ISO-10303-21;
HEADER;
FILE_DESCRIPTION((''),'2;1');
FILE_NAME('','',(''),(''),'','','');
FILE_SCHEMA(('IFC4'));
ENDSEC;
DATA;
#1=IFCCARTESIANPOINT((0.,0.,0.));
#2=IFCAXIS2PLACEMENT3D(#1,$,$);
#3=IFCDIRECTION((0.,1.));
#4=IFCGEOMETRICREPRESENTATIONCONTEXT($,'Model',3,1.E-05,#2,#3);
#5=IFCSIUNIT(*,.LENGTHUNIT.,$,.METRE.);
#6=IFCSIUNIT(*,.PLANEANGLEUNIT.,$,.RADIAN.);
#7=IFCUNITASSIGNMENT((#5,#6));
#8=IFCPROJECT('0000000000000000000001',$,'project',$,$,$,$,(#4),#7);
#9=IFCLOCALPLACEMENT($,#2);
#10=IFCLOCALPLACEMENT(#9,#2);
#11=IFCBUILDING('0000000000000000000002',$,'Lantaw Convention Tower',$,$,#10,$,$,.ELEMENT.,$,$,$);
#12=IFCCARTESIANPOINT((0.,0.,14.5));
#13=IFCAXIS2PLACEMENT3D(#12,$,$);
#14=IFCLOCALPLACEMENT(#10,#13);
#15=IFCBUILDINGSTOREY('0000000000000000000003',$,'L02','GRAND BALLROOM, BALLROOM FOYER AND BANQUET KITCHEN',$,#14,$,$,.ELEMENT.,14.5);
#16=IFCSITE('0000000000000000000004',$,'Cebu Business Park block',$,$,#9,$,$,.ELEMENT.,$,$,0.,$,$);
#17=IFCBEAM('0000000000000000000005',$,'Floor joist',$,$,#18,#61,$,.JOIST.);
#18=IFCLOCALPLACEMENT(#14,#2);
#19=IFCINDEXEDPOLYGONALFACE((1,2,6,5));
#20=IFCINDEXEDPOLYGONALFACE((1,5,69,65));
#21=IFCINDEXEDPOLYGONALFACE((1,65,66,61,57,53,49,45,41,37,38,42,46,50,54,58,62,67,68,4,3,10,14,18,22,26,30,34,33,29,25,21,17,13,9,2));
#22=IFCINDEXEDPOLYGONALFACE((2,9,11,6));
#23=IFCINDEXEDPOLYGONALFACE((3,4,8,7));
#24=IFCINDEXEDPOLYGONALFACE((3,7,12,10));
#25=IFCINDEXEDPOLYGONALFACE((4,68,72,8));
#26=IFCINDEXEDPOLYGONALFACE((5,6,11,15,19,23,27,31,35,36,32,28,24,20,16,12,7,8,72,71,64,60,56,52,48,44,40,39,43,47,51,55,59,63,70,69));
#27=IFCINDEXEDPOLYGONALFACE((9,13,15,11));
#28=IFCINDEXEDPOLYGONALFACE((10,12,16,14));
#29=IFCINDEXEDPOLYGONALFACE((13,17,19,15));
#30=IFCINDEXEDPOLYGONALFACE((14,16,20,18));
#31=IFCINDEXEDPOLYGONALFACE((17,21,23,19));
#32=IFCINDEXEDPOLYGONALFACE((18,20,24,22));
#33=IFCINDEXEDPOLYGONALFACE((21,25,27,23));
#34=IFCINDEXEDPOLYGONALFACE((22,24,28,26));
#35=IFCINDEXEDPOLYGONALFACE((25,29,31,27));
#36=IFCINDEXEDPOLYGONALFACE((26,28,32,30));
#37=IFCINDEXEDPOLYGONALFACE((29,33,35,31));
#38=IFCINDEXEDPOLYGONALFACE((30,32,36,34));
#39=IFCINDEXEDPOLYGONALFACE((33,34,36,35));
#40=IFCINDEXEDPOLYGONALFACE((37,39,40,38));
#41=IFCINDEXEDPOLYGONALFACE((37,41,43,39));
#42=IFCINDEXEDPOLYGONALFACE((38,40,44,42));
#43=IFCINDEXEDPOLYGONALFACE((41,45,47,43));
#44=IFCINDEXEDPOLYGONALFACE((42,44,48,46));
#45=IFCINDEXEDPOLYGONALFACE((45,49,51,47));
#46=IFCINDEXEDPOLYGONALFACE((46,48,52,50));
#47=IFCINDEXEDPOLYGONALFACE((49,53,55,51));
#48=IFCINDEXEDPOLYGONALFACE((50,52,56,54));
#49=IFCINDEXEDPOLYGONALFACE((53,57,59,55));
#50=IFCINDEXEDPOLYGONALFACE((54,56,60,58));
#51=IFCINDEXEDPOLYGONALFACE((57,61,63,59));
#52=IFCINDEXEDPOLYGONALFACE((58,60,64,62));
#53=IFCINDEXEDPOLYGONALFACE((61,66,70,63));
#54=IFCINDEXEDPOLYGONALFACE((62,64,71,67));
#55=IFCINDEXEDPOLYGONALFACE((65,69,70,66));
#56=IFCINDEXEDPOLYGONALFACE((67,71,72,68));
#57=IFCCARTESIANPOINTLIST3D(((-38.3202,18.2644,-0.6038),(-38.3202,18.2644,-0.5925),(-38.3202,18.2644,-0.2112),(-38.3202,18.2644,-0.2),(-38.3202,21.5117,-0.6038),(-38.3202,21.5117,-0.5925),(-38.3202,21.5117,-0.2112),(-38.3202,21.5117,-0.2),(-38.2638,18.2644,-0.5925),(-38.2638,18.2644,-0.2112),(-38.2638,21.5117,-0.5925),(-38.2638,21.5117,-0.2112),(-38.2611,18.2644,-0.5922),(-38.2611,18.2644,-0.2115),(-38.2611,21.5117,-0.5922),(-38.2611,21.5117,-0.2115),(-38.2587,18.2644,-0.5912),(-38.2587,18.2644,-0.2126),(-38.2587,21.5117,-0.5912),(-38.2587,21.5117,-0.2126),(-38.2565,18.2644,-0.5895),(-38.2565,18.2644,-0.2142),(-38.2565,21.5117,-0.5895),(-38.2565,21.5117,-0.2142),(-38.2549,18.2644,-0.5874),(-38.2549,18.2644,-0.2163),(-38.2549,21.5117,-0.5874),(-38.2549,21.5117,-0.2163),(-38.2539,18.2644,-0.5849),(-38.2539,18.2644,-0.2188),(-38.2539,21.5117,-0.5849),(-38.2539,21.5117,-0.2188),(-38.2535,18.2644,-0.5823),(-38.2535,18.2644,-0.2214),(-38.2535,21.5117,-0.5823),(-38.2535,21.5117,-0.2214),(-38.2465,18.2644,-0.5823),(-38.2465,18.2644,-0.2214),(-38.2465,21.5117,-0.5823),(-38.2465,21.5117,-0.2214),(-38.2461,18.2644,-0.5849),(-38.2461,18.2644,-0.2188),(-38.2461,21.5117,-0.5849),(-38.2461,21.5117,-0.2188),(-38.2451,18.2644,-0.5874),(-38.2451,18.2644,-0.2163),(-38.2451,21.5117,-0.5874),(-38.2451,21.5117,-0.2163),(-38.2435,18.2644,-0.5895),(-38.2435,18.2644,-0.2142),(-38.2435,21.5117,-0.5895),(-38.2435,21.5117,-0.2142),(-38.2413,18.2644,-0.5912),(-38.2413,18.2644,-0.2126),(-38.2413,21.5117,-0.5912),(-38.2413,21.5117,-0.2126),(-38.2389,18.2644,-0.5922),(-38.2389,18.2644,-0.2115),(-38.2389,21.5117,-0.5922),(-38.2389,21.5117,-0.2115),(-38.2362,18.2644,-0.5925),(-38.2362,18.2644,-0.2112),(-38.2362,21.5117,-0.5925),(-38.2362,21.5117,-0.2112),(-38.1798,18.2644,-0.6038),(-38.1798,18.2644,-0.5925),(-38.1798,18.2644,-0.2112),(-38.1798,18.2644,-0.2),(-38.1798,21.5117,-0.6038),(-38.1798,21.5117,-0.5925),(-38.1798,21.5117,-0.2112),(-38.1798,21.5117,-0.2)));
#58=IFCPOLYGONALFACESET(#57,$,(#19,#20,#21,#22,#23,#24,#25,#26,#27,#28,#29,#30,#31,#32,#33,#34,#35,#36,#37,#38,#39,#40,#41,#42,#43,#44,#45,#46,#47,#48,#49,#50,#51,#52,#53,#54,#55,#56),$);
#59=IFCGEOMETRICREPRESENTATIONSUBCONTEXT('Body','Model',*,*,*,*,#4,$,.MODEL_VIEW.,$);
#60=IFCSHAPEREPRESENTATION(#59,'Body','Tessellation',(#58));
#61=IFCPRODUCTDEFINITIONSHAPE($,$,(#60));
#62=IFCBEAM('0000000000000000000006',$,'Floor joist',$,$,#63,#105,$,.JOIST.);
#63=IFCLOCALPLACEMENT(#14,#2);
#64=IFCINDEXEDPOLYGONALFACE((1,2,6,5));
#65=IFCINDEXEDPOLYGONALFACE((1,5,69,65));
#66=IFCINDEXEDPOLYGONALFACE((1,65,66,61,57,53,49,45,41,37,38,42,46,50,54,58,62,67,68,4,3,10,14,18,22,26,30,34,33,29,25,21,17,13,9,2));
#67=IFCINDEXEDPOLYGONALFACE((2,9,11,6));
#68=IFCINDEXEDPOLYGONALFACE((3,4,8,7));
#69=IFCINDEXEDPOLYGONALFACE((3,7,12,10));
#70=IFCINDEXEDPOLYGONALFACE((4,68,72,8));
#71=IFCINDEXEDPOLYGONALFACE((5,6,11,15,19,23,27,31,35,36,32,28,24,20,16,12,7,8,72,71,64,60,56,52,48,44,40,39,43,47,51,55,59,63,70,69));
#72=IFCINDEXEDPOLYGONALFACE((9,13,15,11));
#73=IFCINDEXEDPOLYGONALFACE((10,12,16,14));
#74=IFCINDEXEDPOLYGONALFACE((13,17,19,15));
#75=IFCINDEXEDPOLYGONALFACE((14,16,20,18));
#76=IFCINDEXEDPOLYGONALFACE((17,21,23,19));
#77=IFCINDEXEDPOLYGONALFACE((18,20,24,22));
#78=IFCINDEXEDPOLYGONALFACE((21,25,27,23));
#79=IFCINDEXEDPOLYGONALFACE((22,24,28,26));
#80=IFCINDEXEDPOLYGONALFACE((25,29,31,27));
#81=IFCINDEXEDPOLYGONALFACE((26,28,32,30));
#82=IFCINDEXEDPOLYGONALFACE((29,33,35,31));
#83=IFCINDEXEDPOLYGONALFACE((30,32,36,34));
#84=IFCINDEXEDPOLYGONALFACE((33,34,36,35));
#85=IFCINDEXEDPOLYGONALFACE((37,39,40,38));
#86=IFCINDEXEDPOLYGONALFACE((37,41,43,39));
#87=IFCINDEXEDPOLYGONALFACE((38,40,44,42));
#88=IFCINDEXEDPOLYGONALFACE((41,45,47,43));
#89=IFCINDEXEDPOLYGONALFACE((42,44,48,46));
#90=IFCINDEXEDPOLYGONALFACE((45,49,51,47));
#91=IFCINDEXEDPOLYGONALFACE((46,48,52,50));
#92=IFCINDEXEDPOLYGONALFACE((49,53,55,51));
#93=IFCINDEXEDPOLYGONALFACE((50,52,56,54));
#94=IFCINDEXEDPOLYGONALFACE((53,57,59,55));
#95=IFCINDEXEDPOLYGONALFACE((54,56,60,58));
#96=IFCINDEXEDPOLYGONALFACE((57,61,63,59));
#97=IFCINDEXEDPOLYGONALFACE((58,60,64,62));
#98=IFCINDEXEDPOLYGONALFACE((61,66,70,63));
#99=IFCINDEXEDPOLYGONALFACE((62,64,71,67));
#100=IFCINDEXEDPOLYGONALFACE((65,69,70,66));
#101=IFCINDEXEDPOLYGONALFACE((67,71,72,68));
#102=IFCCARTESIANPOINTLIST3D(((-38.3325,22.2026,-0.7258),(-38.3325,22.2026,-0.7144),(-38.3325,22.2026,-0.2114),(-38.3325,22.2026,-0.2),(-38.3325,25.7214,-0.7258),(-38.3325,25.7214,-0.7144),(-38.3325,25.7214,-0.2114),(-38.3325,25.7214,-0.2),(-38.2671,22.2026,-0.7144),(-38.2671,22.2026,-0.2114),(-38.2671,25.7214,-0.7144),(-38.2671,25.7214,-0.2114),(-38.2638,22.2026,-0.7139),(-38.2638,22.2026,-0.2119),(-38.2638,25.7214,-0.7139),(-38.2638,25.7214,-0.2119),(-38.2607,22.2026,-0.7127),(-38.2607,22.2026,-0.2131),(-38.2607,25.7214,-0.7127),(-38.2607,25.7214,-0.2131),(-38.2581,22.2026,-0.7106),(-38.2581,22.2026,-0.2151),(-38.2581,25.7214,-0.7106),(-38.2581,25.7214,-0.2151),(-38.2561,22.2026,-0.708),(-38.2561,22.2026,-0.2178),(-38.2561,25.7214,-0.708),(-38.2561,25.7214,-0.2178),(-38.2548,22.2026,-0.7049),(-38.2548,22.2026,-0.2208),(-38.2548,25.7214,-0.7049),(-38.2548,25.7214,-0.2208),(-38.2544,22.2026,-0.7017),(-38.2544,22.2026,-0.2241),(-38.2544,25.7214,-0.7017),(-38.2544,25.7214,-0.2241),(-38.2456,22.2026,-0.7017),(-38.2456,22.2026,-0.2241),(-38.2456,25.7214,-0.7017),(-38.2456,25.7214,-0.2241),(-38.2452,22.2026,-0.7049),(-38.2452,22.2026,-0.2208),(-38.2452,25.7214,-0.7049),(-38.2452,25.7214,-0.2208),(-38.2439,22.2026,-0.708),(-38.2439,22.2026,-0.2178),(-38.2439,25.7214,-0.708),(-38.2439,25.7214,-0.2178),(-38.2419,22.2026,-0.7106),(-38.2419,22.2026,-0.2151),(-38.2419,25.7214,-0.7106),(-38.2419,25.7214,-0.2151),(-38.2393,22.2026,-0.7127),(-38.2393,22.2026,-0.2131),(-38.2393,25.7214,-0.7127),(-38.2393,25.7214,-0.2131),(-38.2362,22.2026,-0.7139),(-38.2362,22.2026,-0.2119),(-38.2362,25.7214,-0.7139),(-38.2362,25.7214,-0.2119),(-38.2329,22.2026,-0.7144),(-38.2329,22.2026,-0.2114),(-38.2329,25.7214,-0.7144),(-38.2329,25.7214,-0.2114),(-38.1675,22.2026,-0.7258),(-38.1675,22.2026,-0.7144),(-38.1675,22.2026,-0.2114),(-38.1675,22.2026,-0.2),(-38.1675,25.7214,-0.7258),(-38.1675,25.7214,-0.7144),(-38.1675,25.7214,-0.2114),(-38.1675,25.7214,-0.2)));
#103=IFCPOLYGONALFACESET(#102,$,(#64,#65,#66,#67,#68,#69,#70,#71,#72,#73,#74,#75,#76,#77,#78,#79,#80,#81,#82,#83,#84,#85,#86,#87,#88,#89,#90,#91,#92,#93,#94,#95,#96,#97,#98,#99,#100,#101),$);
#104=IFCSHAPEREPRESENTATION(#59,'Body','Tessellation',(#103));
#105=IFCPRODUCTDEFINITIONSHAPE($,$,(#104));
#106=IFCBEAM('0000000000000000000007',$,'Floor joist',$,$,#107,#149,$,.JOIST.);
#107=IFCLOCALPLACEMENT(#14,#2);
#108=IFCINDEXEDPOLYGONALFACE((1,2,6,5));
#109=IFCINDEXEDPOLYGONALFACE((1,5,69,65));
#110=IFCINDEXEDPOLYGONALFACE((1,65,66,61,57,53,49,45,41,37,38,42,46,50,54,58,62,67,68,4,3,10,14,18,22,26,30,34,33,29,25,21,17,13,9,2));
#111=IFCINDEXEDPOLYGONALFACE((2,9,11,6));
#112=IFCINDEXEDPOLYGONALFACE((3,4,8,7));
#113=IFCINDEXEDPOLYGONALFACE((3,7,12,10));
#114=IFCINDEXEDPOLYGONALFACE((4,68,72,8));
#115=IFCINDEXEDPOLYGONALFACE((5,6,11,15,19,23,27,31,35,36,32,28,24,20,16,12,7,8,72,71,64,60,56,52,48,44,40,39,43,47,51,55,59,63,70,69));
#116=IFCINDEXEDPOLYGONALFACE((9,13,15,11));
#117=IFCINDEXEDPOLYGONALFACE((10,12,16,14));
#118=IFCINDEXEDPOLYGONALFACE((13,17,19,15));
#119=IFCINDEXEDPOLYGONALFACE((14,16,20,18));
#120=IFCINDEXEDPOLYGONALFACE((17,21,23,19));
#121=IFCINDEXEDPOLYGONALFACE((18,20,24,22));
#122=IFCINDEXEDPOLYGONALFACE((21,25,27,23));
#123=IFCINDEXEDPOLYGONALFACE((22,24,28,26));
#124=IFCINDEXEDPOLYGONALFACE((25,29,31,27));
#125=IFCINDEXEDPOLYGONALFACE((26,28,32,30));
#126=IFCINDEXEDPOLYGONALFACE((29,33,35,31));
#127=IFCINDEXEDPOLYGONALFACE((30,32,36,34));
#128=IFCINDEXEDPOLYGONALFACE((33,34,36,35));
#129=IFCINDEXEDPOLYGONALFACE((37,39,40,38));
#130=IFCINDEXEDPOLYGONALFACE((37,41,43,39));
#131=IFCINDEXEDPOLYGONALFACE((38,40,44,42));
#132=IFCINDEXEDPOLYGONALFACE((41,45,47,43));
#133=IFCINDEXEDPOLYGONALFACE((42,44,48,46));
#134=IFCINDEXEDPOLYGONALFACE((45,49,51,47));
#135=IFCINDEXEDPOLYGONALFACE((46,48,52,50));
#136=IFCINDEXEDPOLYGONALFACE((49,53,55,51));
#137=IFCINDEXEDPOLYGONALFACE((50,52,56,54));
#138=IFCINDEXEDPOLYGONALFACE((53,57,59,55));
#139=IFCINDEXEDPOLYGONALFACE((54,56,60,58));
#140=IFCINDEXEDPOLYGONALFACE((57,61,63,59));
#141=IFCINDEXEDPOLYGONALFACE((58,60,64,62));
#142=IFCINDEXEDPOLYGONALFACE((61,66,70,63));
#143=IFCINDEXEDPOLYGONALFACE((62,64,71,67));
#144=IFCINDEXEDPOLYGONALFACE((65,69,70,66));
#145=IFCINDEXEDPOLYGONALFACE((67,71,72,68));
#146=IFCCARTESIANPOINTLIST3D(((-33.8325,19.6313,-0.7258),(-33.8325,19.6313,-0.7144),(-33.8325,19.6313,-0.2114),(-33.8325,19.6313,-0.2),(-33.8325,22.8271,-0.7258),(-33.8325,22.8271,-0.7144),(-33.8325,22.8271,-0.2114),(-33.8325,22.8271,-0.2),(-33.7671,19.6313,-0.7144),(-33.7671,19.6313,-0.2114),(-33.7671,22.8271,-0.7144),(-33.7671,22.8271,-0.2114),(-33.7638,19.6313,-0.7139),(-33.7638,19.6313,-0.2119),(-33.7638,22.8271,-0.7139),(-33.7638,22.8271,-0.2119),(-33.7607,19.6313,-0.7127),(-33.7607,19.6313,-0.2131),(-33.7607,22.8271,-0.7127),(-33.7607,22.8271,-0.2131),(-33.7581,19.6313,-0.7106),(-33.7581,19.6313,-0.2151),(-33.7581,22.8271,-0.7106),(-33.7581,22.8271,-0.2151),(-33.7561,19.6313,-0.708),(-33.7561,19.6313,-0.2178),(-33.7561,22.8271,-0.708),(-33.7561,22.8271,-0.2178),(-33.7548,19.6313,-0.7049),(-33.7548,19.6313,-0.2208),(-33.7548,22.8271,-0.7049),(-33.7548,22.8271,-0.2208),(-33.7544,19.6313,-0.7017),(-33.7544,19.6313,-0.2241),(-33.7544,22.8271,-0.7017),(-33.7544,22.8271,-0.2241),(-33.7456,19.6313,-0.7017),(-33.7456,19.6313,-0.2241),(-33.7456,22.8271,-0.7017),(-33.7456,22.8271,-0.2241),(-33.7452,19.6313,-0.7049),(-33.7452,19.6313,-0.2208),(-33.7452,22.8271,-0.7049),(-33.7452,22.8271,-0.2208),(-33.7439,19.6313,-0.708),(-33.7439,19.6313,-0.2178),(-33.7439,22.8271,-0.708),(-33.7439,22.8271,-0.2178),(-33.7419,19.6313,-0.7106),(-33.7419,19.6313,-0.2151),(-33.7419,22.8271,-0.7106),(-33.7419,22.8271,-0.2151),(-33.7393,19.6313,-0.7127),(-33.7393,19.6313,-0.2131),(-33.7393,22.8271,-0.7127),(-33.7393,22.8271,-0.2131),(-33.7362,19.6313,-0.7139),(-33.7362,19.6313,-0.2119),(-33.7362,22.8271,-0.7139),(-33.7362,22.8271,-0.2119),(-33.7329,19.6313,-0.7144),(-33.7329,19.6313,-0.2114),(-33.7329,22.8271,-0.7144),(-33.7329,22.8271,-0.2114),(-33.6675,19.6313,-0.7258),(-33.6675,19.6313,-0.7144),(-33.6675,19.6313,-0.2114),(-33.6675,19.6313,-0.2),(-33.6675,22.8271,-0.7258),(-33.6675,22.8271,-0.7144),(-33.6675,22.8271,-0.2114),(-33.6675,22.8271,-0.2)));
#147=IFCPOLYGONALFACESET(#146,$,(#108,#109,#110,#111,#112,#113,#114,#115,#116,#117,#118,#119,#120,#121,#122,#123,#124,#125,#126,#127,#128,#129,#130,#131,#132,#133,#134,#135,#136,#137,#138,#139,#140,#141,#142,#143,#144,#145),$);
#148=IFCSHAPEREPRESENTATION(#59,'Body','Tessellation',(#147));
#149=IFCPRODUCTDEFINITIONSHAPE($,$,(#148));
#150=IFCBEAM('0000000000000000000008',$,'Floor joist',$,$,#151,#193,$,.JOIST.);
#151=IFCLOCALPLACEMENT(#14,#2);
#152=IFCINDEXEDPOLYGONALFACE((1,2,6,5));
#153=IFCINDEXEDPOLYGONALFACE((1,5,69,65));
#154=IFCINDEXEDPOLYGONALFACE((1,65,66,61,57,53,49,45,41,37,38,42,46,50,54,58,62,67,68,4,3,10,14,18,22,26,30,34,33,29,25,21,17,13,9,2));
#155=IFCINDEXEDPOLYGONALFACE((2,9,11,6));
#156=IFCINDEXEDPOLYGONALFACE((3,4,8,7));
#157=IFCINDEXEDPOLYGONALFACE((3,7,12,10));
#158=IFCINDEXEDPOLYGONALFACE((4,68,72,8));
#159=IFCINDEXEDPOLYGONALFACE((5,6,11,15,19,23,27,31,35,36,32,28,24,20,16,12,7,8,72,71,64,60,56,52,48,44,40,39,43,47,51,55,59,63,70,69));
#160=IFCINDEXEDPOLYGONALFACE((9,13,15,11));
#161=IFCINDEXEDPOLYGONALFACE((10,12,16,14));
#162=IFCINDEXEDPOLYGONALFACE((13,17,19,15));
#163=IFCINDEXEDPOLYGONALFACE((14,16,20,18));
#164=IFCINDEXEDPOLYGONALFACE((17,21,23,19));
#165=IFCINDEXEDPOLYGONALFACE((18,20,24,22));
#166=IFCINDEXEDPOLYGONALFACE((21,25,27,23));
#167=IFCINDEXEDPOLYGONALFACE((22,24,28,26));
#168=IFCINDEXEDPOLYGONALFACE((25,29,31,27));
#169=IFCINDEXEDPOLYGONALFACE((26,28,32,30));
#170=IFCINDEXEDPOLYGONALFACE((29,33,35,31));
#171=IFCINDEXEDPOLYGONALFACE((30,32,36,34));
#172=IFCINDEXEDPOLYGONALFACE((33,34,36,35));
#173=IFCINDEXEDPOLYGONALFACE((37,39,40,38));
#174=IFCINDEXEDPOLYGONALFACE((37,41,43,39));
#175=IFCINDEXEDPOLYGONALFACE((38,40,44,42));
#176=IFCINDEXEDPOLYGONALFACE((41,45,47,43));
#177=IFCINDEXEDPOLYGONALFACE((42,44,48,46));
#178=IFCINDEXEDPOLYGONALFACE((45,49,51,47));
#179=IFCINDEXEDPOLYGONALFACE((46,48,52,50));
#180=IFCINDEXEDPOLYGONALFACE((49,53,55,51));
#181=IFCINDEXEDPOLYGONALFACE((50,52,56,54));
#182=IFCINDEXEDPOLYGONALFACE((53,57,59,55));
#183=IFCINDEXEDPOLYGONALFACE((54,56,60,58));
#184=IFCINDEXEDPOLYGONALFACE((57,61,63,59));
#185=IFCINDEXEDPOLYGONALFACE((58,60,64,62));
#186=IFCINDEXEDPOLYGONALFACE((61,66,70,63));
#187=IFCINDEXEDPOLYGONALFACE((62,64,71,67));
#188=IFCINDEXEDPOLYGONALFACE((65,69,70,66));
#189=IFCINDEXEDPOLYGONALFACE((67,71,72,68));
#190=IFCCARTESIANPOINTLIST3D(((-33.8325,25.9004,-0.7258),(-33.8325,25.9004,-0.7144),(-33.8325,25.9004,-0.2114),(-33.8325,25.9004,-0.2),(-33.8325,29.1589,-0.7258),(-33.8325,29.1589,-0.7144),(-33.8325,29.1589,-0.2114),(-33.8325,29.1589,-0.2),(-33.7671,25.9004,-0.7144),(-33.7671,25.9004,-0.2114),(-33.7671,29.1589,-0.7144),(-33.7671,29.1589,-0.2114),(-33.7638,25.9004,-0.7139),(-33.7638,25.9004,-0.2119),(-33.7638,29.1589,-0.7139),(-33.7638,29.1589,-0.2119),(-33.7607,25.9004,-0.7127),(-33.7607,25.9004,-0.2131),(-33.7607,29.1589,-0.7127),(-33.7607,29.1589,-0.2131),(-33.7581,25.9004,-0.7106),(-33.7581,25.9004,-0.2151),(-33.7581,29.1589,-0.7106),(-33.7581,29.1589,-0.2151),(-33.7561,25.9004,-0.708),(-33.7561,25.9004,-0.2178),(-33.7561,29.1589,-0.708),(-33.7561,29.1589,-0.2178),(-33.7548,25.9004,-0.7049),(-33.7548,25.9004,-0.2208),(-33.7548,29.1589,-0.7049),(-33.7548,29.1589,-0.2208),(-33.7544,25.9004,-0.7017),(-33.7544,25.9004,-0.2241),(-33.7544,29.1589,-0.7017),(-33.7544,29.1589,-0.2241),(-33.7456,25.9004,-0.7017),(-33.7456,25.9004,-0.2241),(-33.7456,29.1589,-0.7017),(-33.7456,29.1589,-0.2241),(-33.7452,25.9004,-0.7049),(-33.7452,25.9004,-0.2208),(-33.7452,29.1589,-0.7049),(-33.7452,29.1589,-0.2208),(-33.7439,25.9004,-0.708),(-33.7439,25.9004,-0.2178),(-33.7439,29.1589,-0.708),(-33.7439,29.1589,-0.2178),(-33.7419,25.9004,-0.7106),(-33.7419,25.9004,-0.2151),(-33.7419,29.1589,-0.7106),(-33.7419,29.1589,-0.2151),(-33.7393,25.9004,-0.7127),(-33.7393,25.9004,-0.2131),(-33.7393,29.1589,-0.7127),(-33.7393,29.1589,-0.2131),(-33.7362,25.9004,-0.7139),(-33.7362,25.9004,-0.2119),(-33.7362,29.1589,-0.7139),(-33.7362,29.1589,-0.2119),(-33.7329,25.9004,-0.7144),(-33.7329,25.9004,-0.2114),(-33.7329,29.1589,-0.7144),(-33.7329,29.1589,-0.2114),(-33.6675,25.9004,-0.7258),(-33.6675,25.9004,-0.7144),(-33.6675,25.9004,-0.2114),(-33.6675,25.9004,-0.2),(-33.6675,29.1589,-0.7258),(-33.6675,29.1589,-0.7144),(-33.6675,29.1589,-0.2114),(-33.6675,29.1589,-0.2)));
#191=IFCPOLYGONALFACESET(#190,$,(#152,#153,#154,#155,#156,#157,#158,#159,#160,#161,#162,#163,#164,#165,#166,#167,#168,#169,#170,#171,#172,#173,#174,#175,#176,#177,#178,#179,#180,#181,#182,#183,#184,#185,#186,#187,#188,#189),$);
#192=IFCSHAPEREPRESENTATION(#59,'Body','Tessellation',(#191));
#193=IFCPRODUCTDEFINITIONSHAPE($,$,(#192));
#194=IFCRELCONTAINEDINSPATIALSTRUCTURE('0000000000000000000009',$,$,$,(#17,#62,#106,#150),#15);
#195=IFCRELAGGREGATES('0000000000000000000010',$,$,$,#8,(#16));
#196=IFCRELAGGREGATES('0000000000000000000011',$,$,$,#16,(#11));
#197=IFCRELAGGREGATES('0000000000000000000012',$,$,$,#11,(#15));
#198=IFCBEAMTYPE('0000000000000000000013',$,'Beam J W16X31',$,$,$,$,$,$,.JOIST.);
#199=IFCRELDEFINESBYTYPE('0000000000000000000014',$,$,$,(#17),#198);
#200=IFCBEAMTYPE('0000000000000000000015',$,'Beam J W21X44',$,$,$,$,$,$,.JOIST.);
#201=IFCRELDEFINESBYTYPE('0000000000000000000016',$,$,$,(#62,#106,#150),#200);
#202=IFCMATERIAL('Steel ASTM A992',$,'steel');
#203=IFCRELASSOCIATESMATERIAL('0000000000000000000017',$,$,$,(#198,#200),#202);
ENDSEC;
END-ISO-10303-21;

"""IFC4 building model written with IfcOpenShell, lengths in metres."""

from ifc_helpers import new_model, si_unit, direction, frame, origin, origin_2d, place, context, subcontext, project, spatial, i_section, extrude, material, material_profile, profile_set, type_object, element, save


model = new_model("IFC4")

# Units and contexts
model_context = context("Model", 3, precision=1e-05, world=origin(), true_north=direction((0.0, 1.0)))
body_context = subcontext(model_context, "Body", "Model", "MODEL_VIEW")
ifc_project = project(units=[si_unit("LENGTHUNIT", "METRE"), si_unit("PLANEANGLEUNIT", "RADIAN")], contexts=[model_context])

# Site, building, storey
site_placement = place(None, origin())
site = spatial("IfcSite", under=ifc_project, at=site_placement, Name="Cebu Business Park block", CompositionType="ELEMENT", RefElevation=0.0)
building_placement = place(site_placement, origin())
building = spatial("IfcBuilding", under=site, at=building_placement, Name="Lantaw Convention Tower", CompositionType="ELEMENT")
storey_placement = place(building_placement, frame((0.0, 0.0, 14.5)))
storey = spatial("IfcBuildingStorey", under=building, at=storey_placement, Name="L02", Description="GRAND BALLROOM, BALLROOM FOYER AND BANQUET KITCHEN", CompositionType="ELEMENT", Elevation=14.5)

# Beams
ifc_material_1 = material(Name="Steel ASTM A992", Category="steel")
ifc_material_profile_1 = material_profile(ifc_material_1, i_section(OverallWidth=0.1404, OverallDepth=0.4038, WebThickness=0.0071, FlangeThickness=0.0112, FilletRadius=0.0103, at=origin_2d()), Name="W16X31")
ifc_profile_set_1 = profile_set([ifc_material_profile_1], Name="Steel ASTM A992")
beam_type_1 = type_object("IfcBeamType", Name="Beam J W16X31", PredefinedType="JOIST", material=ifc_profile_set_1)
beam_1_placement = place(storey_placement, frame((-38.25, 18.2644, -0.4019), z_axis=(0.0, 1.0, 0.0), x_axis=(-1.0, 0.0, 0.0)))
element("IfcBeam", 1, at=beam_1_placement, inside=storey, type_object=beam_type_1, Name="Floor joist", PredefinedType="JOIST", context=body_context, shape_type="SweptSolid", body=[
    extrude(i_section(OverallWidth=0.1404, OverallDepth=0.4038, WebThickness=0.0071, FlangeThickness=0.0112, FilletRadius=0.0103, at=origin_2d()), origin(), (0.0, 0.0, 1.0), 3.2473),
])
ifc_material_profile_2 = material_profile(ifc_material_1, i_section(OverallWidth=0.165, OverallDepth=0.5259, WebThickness=0.0088, FlangeThickness=0.0115, FilletRadius=0.0127, at=origin_2d()), Name="W21X44")
ifc_profile_set_2 = profile_set([ifc_material_profile_2], Name="Steel ASTM A992")
beam_type_2 = type_object("IfcBeamType", Name="Beam J W21X44", PredefinedType="JOIST", material=ifc_profile_set_2)
beam_2_placement = place(storey_placement, frame((-38.25, 22.2026, -0.4629), z_axis=(0.0, 1.0, 0.0), x_axis=(-1.0, 0.0, 0.0)))
element("IfcBeam", 2, at=beam_2_placement, inside=storey, type_object=beam_type_2, Name="Floor joist", PredefinedType="JOIST", context=body_context, shape_type="SweptSolid", body=[
    extrude(i_section(OverallWidth=0.165, OverallDepth=0.5259, WebThickness=0.0088, FlangeThickness=0.0115, FilletRadius=0.0127, at=origin_2d()), origin(), (0.0, 0.0, 1.0), 3.5188),
])
beam_3_placement = place(storey_placement, frame((-33.75, 19.6313, -0.4629), z_axis=(0.0, 1.0, 0.0), x_axis=(-1.0, 0.0, 0.0)))
element("IfcBeam", 3, at=beam_3_placement, inside=storey, type_object=beam_type_2, Name="Floor joist", PredefinedType="JOIST", context=body_context, shape_type="SweptSolid", body=[
    extrude(i_section(OverallWidth=0.165, OverallDepth=0.5259, WebThickness=0.0088, FlangeThickness=0.0115, FilletRadius=0.0127, at=origin_2d()), origin(), (0.0, 0.0, 1.0), 3.1958),
])
beam_4_placement = place(storey_placement, frame((-33.75, 25.9004, -0.4629), z_axis=(0.0, 1.0, 0.0), x_axis=(-1.0, 0.0, 0.0)))
element("IfcBeam", 4, at=beam_4_placement, inside=storey, type_object=beam_type_2, Name="Floor joist", PredefinedType="JOIST", context=body_context, shape_type="SweptSolid", body=[
    extrude(i_section(OverallWidth=0.165, OverallDepth=0.5259, WebThickness=0.0088, FlangeThickness=0.0115, FilletRadius=0.0127, at=origin_2d()), origin(), (0.0, 0.0, 1.0), 3.2585),
])

save(model, "model.ifc")
